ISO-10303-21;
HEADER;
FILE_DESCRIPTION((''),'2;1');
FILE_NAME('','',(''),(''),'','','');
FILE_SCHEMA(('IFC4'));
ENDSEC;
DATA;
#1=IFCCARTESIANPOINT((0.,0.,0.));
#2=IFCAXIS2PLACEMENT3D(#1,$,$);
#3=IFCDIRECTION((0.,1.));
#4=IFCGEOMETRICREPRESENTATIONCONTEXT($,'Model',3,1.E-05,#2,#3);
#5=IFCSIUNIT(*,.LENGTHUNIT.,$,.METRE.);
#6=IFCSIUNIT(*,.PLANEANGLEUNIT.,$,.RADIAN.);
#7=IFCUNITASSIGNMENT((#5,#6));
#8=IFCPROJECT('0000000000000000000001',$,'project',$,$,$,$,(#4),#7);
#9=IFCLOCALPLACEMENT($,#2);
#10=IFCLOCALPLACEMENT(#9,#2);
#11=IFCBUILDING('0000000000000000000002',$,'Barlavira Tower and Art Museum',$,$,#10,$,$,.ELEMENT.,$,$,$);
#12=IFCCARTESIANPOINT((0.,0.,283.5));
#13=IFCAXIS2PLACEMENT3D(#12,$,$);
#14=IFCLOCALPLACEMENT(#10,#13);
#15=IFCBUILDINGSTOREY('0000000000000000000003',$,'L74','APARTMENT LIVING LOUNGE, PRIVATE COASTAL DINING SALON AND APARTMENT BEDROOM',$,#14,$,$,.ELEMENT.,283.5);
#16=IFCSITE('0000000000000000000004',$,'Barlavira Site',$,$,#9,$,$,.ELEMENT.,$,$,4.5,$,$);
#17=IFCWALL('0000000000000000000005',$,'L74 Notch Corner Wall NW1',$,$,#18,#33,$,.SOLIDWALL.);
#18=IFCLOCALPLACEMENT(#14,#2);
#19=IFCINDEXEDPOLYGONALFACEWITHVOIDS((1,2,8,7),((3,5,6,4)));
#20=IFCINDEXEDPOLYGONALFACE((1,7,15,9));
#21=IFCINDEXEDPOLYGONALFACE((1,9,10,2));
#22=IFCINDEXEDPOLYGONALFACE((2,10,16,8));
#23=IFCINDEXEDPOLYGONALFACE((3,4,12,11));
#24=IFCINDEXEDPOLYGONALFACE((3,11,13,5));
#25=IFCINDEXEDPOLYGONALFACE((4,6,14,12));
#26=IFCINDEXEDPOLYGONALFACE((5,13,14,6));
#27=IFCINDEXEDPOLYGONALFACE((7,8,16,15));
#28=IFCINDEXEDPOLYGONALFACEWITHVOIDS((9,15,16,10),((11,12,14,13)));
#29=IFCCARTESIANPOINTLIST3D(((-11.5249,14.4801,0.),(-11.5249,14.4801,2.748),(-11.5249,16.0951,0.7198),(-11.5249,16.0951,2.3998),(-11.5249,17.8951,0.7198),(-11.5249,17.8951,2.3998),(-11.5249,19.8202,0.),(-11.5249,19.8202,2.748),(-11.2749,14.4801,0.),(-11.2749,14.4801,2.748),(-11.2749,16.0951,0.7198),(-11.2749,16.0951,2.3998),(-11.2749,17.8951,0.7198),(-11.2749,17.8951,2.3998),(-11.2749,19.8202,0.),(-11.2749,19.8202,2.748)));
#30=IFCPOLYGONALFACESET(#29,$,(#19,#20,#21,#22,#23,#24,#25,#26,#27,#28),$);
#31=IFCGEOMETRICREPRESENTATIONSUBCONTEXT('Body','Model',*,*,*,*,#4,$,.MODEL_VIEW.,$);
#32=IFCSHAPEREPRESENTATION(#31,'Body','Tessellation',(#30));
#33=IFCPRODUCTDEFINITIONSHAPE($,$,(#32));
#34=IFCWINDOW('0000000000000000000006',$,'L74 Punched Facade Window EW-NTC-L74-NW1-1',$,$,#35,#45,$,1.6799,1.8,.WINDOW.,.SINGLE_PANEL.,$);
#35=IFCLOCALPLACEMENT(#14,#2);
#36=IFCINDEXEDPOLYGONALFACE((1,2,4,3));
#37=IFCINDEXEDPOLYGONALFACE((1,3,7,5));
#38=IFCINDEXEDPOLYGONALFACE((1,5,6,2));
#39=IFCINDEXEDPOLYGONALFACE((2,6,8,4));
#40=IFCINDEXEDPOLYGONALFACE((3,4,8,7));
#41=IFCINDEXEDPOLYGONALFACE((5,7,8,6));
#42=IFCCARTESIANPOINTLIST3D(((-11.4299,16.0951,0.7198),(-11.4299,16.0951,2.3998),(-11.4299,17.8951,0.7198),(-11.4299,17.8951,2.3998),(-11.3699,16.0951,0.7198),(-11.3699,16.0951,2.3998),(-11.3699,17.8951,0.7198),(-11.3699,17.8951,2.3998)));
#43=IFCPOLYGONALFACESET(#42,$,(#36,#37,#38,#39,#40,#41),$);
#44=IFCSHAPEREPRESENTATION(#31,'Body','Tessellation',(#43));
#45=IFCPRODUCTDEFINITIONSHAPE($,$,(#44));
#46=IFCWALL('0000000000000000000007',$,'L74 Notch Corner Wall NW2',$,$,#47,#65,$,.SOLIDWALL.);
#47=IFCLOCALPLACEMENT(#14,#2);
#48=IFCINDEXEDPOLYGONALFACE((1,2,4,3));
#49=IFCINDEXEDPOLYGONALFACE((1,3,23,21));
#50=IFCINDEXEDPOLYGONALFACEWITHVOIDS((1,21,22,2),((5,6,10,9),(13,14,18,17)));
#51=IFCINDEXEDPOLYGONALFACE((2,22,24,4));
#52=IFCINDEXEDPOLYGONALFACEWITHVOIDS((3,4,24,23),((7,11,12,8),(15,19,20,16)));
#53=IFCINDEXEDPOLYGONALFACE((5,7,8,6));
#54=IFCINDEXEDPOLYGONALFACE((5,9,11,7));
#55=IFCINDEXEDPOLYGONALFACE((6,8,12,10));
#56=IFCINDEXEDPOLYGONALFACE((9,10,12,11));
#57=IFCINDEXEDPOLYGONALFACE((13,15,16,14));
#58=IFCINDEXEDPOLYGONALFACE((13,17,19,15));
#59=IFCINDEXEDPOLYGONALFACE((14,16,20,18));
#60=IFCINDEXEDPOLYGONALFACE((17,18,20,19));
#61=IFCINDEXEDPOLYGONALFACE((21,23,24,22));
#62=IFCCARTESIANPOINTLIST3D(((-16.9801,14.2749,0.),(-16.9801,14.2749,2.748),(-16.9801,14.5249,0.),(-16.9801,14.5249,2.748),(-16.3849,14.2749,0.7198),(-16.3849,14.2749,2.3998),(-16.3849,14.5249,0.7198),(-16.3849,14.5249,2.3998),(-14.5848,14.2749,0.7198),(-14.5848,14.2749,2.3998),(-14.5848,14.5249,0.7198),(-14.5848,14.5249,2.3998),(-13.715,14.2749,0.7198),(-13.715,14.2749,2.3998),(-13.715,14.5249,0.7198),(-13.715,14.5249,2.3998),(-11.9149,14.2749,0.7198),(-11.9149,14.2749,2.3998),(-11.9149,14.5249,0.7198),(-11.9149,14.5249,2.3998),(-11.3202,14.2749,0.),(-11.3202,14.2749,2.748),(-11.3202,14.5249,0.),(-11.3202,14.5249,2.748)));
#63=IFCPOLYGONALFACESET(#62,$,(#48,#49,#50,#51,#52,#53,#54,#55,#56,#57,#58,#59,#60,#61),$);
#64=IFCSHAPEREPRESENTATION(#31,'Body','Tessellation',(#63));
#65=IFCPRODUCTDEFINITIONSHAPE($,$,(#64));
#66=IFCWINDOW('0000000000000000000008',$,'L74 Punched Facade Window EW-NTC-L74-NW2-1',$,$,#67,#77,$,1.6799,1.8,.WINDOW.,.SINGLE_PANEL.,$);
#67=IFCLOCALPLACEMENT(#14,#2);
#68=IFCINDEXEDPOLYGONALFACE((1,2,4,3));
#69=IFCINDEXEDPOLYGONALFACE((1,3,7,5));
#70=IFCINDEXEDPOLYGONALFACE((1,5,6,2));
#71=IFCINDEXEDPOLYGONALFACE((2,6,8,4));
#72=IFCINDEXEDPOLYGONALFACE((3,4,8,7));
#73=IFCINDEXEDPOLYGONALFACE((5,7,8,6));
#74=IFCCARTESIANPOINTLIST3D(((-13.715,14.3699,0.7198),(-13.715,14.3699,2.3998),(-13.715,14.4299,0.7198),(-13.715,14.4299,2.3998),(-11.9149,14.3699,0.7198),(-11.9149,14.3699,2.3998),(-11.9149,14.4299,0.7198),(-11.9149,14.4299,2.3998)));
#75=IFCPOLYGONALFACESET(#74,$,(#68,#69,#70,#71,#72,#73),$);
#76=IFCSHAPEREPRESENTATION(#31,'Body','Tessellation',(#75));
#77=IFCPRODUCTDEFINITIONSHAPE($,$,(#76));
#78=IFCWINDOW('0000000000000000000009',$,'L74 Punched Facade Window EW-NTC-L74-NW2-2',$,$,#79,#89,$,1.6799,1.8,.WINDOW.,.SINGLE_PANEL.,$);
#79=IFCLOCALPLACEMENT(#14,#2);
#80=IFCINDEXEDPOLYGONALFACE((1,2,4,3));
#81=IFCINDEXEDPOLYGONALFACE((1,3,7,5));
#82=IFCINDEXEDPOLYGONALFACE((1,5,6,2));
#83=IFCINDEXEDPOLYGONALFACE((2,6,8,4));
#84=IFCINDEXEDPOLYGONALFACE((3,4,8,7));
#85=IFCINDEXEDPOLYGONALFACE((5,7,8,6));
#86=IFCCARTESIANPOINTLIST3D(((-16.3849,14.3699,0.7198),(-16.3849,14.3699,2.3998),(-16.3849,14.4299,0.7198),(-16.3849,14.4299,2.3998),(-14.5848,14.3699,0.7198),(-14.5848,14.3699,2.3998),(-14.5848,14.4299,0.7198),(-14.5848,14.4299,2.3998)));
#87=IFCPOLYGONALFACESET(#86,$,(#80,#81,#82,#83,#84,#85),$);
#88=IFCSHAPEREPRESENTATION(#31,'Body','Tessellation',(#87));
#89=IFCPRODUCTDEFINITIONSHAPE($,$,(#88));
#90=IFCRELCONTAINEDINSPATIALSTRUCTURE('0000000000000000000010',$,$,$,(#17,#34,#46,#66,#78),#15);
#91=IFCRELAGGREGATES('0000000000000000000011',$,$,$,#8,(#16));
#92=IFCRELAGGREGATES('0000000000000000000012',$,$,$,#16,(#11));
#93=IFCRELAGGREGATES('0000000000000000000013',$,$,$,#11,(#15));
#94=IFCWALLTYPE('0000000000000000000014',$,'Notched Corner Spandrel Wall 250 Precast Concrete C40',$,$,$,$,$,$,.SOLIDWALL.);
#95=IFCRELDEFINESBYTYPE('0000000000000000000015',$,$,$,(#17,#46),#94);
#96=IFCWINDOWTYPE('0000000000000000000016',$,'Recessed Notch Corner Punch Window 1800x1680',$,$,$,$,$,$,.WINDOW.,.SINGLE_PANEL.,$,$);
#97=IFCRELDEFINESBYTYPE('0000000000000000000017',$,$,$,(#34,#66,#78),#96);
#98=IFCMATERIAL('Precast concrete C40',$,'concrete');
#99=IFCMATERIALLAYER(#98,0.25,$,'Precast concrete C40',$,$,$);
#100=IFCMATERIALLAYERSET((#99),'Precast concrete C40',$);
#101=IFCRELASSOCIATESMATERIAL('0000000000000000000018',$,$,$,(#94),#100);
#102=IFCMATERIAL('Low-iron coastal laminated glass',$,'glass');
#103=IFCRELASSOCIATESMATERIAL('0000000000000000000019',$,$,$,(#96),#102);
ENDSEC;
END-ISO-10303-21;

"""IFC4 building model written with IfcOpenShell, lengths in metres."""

from ifc_helpers import new_model, si_unit, direction, frame, frame_2d, origin, place, context, subcontext, project, spatial, rectangle, extrude, material, layer, layer_set, type_object, element, fill, save


model = new_model("IFC4")

# Units and contexts
model_context = context("Model", 3, precision=1e-05, world=origin(), true_north=direction((0.0, 1.0)))
body_context = subcontext(model_context, "Body", "Model", "MODEL_VIEW")
ifc_project = project(units=[si_unit("LENGTHUNIT", "METRE"), si_unit("PLANEANGLEUNIT", "RADIAN")], contexts=[model_context])

# Site, building, storey
site_placement = place(None, origin())
site = spatial("IfcSite", under=ifc_project, at=site_placement, Name="Barlavira Site", CompositionType="ELEMENT", RefElevation=4.5)
building_placement = place(site_placement, origin())
building = spatial("IfcBuilding", under=site, at=building_placement, Name="Barlavira Tower and Art Museum", CompositionType="ELEMENT")
storey_placement = place(building_placement, frame((0.0, 0.0, 283.5)))
storey = spatial("IfcBuildingStorey", under=building, at=storey_placement, Name="L74", Description="APARTMENT LIVING LOUNGE, PRIVATE COASTAL DINING SALON AND APARTMENT BEDROOM", CompositionType="ELEMENT", Elevation=283.5)

# Shared definitions
ifc_material_1 = material(Name="Precast concrete C40", Category="concrete")
ifc_layer_1 = layer(ifc_material_1, 0.25, Name="Precast concrete C40")
ifc_layer_set_1 = layer_set([ifc_layer_1], Name="Precast concrete C40")
wall_type = type_object("IfcWallType", Name="Notched Corner Spandrel Wall 250 Precast Concrete C40", PredefinedType="SOLIDWALL", material=ifc_layer_set_1)
ifc_material_2 = material(Name="Low-iron coastal laminated glass", Category="glass")
window_type = type_object("IfcWindowType", Name="Recessed Notch Corner Punch Window 1800x1680", PartitioningType="SINGLE_PANEL", PredefinedType="WINDOW", material=ifc_material_2)

# Wall, opening, window
wall_1_placement = place(storey_placement, frame((-11.3999, 19.8201, 0.0), z_axis=(0.0, 0.0, 1.0), x_axis=(0.0, -1.0, 0.0)))
wall_1 = element("IfcWall", 1, at=wall_1_placement, inside=storey, type_object=wall_type, Name="L74 Notch Corner Wall NW1", PredefinedType="SOLIDWALL", context=body_context, shape_type="SweptSolid", body=[
    extrude(rectangle(XDim=5.3401, YDim=0.25, at=frame_2d((2.6699, 0.0))), origin(), (0.0, 0.0, 1.0), 2.748),
])
opening_1_placement = place(wall_1_placement, frame((1.925, 0.0, 0.72)))
opening_1 = element("IfcOpeningElement", 2, at=opening_1_placement, cuts=wall_1, PredefinedType="OPENING", context=body_context, shape_type="SweptSolid", body=[
    extrude(rectangle(XDim=1.8, YDim=1.6799, at=frame_2d((0.8999, 0.8398))), frame((0.0, 0.135, 0.0), z_axis=(0.0, -1.0, 0.0), x_axis=(1.0, 0.0, 0.0)), (0.0, 0.0, 1.0), 0.27),
])
window_1_placement = place(opening_1_placement, origin())
window_1 = element("IfcWindow", 3, at=window_1_placement, inside=storey, type_object=window_type, Name="L74 Punched Facade Window EW-NTC-L74-NW1-1", OverallHeight=1.6799, OverallWidth=1.8, PartitioningType="SINGLE_PANEL", PredefinedType="WINDOW", context=body_context, shape_type="SweptSolid", body=[
    extrude(rectangle(XDim=1.8, YDim=1.6799, at=frame_2d((0.8999, 0.8398))), frame((0.0, 0.03, 0.0), z_axis=(0.0, -1.0, 0.0), x_axis=(1.0, 0.0, 0.0)), (0.0, 0.0, 1.0), 0.0601),
])
fill(opening_1, window_1)

# Wall, openings, windows
wall_2_placement = place(storey_placement, frame((-11.3201, 14.3999, 0.0), z_axis=(0.0, 0.0, 1.0), x_axis=(-1.0, 0.0, 0.0)))
wall_2 = element("IfcWall", 4, at=wall_2_placement, inside=storey, type_object=wall_type, Name="L74 Notch Corner Wall NW2", PredefinedType="SOLIDWALL", context=body_context, shape_type="SweptSolid", body=[
    extrude(rectangle(XDim=5.6599, YDim=0.25, at=frame_2d((2.8301, 0.0))), origin(), (0.0, 0.0, 1.0), 2.748),
])
opening_2_placement = place(wall_2_placement, frame((0.595, 0.0, 0.72)))
opening_2 = element("IfcOpeningElement", 5, at=opening_2_placement, cuts=wall_2, PredefinedType="OPENING", context=body_context, shape_type="SweptSolid", body=[
    extrude(rectangle(XDim=1.8, YDim=1.6799, at=frame_2d((0.8999, 0.8398))), frame((0.0, 0.135, 0.0), z_axis=(0.0, -1.0, 0.0), x_axis=(1.0, 0.0, 0.0)), (0.0, 0.0, 1.0), 0.27),
])
opening_3_placement = place(wall_2_placement, frame((3.2649, 0.0, 0.72)))
opening_3 = element("IfcOpeningElement", 6, at=opening_3_placement, cuts=wall_2, PredefinedType="OPENING", context=body_context, shape_type="SweptSolid", body=[
    extrude(rectangle(XDim=1.8, YDim=1.6799, at=frame_2d((0.8999, 0.8398))), frame((0.0, 0.135, 0.0), z_axis=(0.0, -1.0, 0.0), x_axis=(1.0, 0.0, 0.0)), (0.0, 0.0, 1.0), 0.27),
])
window_2_placement = place(opening_2_placement, origin())
window_2 = element("IfcWindow", 7, at=window_2_placement, inside=storey, type_object=window_type, Name="L74 Punched Facade Window EW-NTC-L74-NW2-1", OverallHeight=1.6799, OverallWidth=1.8, PartitioningType="SINGLE_PANEL", PredefinedType="WINDOW", context=body_context, shape_type="SweptSolid", body=[
    extrude(rectangle(XDim=1.8, YDim=1.6799, at=frame_2d((0.8999, 0.8398))), frame((0.0, 0.03, 0.0), z_axis=(0.0, -1.0, 0.0), x_axis=(1.0, 0.0, 0.0)), (0.0, 0.0, 1.0), 0.0601),
])
fill(opening_2, window_2)
window_3_placement = place(opening_3_placement, origin())
window_3 = element("IfcWindow", 8, at=window_3_placement, inside=storey, type_object=window_type, Name="L74 Punched Facade Window EW-NTC-L74-NW2-2", OverallHeight=1.6799, OverallWidth=1.8, PartitioningType="SINGLE_PANEL", PredefinedType="WINDOW", context=body_context, shape_type="SweptSolid", body=[
    extrude(rectangle(XDim=1.8, YDim=1.6799, at=frame_2d((0.8999, 0.8398))), frame((0.0, 0.03, 0.0), z_axis=(0.0, -1.0, 0.0), x_axis=(1.0, 0.0, 0.0)), (0.0, 0.0, 1.0), 0.0601),
])
fill(opening_3, window_3)

save(model, "model.ifc")
